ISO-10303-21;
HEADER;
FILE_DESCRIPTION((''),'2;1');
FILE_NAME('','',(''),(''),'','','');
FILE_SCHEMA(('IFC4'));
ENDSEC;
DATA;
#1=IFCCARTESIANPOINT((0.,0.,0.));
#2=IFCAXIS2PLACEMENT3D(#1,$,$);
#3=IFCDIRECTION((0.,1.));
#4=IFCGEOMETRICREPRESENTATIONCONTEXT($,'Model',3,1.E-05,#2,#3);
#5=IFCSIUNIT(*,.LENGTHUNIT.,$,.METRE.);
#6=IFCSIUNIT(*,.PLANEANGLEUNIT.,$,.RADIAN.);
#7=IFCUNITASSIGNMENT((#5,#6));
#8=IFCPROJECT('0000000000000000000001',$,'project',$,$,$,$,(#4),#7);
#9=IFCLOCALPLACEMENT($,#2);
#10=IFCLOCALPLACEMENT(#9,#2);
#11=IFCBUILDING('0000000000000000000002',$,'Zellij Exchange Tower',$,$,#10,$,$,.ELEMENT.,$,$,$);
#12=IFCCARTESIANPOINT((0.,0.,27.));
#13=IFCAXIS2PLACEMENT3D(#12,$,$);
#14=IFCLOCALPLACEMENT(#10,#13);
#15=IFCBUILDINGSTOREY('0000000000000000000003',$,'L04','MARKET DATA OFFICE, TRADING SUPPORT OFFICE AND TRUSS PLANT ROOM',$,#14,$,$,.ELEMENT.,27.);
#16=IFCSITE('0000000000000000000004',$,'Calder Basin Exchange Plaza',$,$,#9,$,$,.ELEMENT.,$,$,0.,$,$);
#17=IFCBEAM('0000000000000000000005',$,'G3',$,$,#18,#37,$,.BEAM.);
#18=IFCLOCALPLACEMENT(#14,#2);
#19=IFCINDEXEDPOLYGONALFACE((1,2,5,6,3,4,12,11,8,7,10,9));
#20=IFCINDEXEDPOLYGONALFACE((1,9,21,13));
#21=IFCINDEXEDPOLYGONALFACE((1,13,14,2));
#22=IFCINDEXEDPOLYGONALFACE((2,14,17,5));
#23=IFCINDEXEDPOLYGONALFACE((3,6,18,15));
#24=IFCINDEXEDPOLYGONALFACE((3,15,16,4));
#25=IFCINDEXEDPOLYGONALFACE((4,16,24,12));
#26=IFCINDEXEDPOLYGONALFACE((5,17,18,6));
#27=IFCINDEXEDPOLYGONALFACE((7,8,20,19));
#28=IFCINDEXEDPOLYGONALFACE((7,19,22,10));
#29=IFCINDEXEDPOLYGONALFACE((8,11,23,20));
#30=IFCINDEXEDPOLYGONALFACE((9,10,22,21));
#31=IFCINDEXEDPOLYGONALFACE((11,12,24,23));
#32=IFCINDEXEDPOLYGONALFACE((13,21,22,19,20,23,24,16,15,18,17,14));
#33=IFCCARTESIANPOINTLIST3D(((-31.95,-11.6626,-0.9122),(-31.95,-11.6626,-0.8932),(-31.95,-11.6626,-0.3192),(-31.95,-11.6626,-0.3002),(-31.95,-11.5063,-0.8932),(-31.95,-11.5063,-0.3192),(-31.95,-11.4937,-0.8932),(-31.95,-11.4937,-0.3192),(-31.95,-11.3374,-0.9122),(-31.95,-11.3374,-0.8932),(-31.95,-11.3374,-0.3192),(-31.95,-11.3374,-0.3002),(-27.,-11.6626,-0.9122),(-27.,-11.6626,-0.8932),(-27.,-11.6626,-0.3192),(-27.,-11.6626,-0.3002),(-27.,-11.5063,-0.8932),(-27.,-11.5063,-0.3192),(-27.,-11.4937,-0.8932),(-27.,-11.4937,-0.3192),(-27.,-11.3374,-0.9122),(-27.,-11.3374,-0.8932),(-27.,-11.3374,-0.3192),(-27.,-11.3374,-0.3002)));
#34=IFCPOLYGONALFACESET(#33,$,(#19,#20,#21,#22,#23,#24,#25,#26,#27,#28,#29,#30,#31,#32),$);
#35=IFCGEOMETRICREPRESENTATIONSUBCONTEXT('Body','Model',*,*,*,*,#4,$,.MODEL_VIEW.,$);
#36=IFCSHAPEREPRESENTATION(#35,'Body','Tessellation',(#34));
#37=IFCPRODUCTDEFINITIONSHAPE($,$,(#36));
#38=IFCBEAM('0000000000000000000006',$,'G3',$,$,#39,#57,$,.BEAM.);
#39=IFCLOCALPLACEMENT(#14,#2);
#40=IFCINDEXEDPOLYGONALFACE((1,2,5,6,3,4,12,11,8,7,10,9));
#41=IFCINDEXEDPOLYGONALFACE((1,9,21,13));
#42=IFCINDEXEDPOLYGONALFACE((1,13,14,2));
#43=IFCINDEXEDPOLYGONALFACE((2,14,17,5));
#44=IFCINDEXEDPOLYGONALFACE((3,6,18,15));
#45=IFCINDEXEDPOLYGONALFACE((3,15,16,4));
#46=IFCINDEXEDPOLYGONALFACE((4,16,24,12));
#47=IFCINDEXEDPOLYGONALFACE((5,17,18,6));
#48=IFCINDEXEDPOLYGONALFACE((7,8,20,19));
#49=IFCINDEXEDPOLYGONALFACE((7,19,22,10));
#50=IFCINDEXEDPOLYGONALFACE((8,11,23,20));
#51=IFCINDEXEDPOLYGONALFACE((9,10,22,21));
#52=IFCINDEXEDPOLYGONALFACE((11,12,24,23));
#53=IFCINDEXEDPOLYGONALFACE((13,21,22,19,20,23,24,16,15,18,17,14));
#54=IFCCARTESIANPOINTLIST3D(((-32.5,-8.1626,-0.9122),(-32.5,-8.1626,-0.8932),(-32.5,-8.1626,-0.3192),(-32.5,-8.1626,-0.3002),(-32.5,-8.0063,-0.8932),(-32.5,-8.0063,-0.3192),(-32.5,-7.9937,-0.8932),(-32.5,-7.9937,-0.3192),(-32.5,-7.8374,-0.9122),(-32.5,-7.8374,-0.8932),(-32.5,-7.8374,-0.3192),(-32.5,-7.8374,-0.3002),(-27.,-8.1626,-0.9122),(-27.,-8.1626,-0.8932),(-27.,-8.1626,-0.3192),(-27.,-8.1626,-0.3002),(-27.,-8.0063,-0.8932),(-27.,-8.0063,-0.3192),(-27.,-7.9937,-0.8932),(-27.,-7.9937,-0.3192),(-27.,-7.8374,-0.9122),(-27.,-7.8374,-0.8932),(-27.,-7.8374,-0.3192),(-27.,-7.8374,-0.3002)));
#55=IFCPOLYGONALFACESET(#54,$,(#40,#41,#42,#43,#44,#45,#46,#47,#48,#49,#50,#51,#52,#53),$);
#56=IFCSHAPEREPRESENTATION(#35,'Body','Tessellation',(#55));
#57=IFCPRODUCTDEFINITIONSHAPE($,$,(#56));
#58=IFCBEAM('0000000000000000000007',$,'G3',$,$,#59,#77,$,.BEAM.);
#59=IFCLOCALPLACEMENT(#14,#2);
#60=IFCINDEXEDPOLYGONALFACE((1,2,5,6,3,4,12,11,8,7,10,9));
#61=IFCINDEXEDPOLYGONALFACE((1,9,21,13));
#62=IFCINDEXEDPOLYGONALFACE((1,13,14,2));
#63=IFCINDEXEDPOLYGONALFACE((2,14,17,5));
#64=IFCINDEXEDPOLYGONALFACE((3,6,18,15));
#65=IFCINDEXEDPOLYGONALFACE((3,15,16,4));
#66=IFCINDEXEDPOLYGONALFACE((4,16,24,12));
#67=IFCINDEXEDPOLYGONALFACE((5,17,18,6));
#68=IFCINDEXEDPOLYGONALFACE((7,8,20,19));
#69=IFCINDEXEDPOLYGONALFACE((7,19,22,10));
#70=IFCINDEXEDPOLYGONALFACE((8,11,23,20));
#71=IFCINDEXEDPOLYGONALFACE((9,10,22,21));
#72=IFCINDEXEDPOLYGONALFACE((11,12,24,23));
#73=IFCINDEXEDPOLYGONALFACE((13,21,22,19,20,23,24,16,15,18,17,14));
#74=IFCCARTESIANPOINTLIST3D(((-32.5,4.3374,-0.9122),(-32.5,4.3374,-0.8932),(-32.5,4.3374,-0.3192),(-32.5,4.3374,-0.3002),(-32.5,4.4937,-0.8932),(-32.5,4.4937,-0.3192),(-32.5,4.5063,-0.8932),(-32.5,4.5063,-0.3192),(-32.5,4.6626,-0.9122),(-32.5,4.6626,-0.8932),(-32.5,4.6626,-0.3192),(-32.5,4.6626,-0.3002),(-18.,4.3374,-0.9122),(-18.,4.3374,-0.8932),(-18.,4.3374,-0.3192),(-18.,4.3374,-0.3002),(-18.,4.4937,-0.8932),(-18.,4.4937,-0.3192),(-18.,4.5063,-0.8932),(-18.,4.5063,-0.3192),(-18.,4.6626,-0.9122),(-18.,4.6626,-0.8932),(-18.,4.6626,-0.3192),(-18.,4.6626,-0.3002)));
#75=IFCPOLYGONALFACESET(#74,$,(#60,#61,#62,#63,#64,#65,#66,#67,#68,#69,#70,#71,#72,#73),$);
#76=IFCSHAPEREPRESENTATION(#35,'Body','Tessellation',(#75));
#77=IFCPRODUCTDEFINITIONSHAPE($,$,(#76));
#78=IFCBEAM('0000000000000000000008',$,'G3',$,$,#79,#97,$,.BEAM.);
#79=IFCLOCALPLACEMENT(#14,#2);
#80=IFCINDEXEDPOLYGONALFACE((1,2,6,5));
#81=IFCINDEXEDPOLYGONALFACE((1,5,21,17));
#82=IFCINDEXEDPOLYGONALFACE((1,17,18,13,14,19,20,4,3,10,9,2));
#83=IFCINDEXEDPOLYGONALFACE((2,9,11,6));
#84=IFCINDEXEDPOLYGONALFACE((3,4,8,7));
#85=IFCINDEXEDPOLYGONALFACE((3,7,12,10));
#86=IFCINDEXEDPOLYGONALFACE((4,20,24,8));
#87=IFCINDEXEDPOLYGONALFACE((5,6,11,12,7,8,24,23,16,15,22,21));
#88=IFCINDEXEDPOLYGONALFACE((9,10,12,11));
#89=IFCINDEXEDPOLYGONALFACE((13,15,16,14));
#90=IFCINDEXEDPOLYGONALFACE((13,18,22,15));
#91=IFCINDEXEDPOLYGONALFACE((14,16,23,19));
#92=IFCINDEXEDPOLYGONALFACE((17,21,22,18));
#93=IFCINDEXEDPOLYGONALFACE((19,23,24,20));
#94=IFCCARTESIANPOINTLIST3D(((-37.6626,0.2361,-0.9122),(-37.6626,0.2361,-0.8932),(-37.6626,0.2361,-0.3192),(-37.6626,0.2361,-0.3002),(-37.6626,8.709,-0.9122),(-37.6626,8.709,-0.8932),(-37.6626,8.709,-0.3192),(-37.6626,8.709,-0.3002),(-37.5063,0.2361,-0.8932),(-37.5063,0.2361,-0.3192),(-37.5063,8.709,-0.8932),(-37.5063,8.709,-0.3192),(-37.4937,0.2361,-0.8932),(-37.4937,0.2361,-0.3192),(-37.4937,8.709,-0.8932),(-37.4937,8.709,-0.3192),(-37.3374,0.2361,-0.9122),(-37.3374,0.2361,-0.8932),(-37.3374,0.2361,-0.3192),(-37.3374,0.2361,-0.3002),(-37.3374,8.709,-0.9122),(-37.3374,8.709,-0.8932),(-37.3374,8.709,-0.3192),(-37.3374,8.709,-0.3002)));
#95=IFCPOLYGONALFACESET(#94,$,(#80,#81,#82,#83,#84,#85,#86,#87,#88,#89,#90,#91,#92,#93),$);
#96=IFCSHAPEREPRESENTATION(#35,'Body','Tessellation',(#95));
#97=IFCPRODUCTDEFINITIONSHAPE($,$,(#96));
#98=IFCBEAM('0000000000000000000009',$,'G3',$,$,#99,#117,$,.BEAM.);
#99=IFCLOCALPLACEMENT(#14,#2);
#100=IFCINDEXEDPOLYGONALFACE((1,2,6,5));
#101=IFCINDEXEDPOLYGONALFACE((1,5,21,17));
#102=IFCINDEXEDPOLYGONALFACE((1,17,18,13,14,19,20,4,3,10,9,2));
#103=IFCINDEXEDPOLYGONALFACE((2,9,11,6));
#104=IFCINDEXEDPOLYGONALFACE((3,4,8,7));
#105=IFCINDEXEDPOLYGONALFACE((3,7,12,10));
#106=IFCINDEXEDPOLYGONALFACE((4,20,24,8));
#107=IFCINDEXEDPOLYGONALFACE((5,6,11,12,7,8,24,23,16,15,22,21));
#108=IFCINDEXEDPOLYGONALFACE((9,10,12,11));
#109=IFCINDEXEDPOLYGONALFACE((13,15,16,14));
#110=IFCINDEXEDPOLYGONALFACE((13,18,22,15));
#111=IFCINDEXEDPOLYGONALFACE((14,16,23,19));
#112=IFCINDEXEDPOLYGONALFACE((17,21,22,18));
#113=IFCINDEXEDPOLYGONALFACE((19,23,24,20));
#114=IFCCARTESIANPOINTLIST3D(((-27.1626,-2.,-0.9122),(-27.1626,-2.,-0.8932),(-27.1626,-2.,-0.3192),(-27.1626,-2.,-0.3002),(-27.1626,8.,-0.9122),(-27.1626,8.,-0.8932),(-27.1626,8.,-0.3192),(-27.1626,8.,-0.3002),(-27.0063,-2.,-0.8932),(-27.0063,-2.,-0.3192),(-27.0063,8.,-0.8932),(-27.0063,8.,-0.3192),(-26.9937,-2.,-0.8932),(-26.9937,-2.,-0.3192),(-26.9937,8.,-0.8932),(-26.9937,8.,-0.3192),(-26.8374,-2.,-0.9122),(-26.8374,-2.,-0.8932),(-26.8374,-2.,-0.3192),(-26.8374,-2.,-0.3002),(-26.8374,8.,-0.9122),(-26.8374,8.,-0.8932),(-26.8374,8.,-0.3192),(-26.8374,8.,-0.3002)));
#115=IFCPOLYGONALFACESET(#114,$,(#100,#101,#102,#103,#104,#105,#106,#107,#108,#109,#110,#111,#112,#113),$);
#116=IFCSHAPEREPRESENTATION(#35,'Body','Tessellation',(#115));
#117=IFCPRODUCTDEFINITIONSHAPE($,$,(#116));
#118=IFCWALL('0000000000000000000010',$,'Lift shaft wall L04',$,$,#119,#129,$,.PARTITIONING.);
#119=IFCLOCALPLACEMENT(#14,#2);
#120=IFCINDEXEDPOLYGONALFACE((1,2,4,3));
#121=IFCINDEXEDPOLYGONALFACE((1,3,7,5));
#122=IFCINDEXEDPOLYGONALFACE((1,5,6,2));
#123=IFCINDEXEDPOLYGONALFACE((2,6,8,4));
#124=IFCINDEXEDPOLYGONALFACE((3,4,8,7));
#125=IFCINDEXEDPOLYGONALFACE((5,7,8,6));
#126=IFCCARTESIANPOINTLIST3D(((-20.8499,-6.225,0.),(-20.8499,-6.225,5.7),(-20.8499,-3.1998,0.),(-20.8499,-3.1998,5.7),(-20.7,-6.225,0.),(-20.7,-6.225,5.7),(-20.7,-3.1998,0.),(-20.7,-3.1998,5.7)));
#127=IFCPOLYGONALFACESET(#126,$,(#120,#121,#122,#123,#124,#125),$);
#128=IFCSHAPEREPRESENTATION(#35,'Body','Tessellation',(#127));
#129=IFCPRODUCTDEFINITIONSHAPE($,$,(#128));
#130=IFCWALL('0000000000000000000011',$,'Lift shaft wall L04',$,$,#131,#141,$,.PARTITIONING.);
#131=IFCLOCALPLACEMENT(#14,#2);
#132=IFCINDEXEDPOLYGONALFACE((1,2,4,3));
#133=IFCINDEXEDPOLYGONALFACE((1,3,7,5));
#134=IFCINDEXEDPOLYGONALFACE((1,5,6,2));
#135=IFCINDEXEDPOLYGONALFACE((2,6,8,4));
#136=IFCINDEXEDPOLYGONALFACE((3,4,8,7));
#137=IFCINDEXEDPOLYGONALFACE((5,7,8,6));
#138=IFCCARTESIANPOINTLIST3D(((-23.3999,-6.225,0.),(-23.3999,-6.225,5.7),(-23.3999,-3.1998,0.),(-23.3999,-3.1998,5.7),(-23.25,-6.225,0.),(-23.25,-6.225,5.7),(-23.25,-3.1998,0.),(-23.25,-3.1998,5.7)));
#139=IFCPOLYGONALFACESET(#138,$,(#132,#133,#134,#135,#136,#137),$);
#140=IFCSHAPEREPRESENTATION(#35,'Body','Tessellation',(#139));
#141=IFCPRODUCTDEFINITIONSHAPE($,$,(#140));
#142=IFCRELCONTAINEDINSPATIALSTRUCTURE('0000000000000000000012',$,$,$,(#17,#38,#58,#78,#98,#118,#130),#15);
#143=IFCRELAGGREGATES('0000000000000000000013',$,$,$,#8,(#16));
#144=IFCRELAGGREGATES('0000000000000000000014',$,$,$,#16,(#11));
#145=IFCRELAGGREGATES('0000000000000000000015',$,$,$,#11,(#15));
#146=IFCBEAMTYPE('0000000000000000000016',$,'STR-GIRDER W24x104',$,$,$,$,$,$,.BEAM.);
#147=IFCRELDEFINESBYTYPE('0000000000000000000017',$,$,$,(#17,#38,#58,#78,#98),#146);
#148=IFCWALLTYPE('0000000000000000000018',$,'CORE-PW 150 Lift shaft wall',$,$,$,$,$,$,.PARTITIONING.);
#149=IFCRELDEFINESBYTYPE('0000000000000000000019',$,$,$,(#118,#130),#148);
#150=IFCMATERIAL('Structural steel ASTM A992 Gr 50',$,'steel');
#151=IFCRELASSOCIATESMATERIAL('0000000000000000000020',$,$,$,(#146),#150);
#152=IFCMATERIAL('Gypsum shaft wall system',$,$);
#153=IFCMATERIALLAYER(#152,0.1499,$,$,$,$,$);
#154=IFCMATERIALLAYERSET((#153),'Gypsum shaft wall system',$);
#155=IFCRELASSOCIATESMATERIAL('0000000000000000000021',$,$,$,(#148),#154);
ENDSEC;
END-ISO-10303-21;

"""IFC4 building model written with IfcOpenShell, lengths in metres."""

from ifc_helpers import new_model, si_unit, direction, frame, frame_2d, origin, origin_2d, place, context, subcontext, project, spatial, rectangle, i_section, extrude, material, layer, layer_set, material_profile, profile_set, type_object, element, save


model = new_model("IFC4")

# Units and contexts
model_context = context("Model", 3, precision=1e-05, world=origin(), true_north=direction((0.0, 1.0)))
body_context = subcontext(model_context, "Body", "Model", "MODEL_VIEW")
ifc_project = project(units=[si_unit("LENGTHUNIT", "METRE"), si_unit("PLANEANGLEUNIT", "RADIAN")], contexts=[model_context])

# Site, building, storey
site_placement = place(None, origin())
site = spatial("IfcSite", under=ifc_project, at=site_placement, Name="Calder Basin Exchange Plaza", CompositionType="ELEMENT", RefElevation=0.0)
building_placement = place(site_placement, origin())
building = spatial("IfcBuilding", under=site, at=building_placement, Name="Zellij Exchange Tower", CompositionType="ELEMENT")
storey_placement = place(building_placement, frame((0.0, 0.0, 27.0)))
storey = spatial("IfcBuildingStorey", under=building, at=storey_placement, Name="L04", Description="MARKET DATA OFFICE, TRADING SUPPORT OFFICE AND TRUSS PLANT ROOM", CompositionType="ELEMENT", Elevation=27.0)

# Beams
ifc_material_1 = material(Name="Structural steel ASTM A992 Gr 50", Category="steel")
ifc_material_profile_1 = material_profile(ifc_material_1, i_section(OverallWidth=0.3252, OverallDepth=0.6121, WebThickness=0.0127, FlangeThickness=0.019, at=origin_2d()), Name="W24x104")
ifc_profile_set_1 = profile_set([ifc_material_profile_1], Name="Structural steel ASTM A992 Gr 50")
beam_type_1 = type_object("IfcBeamType", Name="STR-GIRDER W24x104", PredefinedType="BEAM", material=ifc_profile_set_1)
beam_1_placement = place(storey_placement, frame((-31.95, -11.5, -0.6062), z_axis=(1.0, 0.0, 0.0), x_axis=(0.0, 1.0, 0.0)))
element("IfcBeam", 1, at=beam_1_placement, inside=storey, type_object=beam_type_1, Name="G3", PredefinedType="BEAM", context=body_context, shape_type="SweptSolid", body=[
    extrude(i_section(OverallWidth=0.3252, OverallDepth=0.6121, WebThickness=0.0127, FlangeThickness=0.019, at=origin_2d()), origin(), (0.0, 0.0, 1.0), 4.95),
])
beam_2_placement = place(storey_placement, frame((-32.5, -8.0, -0.6062), z_axis=(1.0, 0.0, 0.0), x_axis=(0.0, 1.0, 0.0)))
element("IfcBeam", 2, at=beam_2_placement, inside=storey, type_object=beam_type_1, Name="G3", PredefinedType="BEAM", context=body_context, shape_type="SweptSolid", body=[
    extrude(i_section(OverallWidth=0.3252, OverallDepth=0.6121, WebThickness=0.0127, FlangeThickness=0.019, at=origin_2d()), origin(), (0.0, 0.0, 1.0), 5.5),
])
beam_3_placement = place(storey_placement, frame((-32.5, 4.5, -0.6062), z_axis=(1.0, 0.0, 0.0), x_axis=(0.0, 1.0, 0.0)))
element("IfcBeam", 3, at=beam_3_placement, inside=storey, type_object=beam_type_1, Name="G3", PredefinedType="BEAM", context=body_context, shape_type="SweptSolid", body=[
    extrude(i_section(OverallWidth=0.3252, OverallDepth=0.6121, WebThickness=0.0127, FlangeThickness=0.019, at=origin_2d()), origin(), (0.0, 0.0, 1.0), 14.5),
])
beam_4_placement = place(storey_placement, frame((-37.5, 0.2361, -0.6062), z_axis=(0.0, 1.0, 0.0), x_axis=(-1.0, 0.0, 0.0)))
element("IfcBeam", 4, at=beam_4_placement, inside=storey, type_object=beam_type_1, Name="G3", PredefinedType="BEAM", context=body_context, shape_type="SweptSolid", body=[
    extrude(i_section(OverallWidth=0.3252, OverallDepth=0.6121, WebThickness=0.0127, FlangeThickness=0.019, at=origin_2d()), origin(), (0.0, 0.0, 1.0), 8.4729),
])
beam_5_placement = place(storey_placement, frame((-27.0, -2.0, -0.6062), z_axis=(0.0, 1.0, 0.0), x_axis=(-1.0, 0.0, 0.0)))
element("IfcBeam", 5, at=beam_5_placement, inside=storey, type_object=beam_type_1, Name="G3", PredefinedType="BEAM", context=body_context, shape_type="SweptSolid", body=[
    extrude(i_section(OverallWidth=0.3252, OverallDepth=0.6121, WebThickness=0.0127, FlangeThickness=0.019, at=origin_2d()), origin(), (0.0, 0.0, 1.0), 10.0),
])

# Walls
ifc_material_2 = material(Name="Gypsum shaft wall system")
ifc_layer_1 = layer(ifc_material_2, 0.1499)
ifc_layer_set_1 = layer_set([ifc_layer_1], Name="Gypsum shaft wall system")
wall_type_1 = type_object("IfcWallType", Name="CORE-PW 150 Lift shaft wall", PredefinedType="PARTITIONING", material=ifc_layer_set_1)
for number, where, z_axis, x_axis, name in (
    (6, (-20.7749, -6.2251, 0.0), (0.0, 0.0, 1.0), (0.0, 1.0, 0.0), "Lift shaft wall L04"),
    (7, (-23.325, -6.2251, 0.0), (0.0, 0.0, 1.0), (0.0, 1.0, 0.0), "Lift shaft wall L04"),
):
    element("IfcWall", number, at=place(storey_placement, frame(where, z_axis=z_axis, x_axis=x_axis)), inside=storey, type_object=wall_type_1, Name=name, PredefinedType="PARTITIONING", context=body_context, shape_type="SweptSolid", body=[
        extrude(rectangle(XDim=3.0251, YDim=0.1499, at=frame_2d((1.5127, 0.0))), origin(), (0.0, 0.0, 1.0), 5.7),
    ])

save(model, "model.ifc")
